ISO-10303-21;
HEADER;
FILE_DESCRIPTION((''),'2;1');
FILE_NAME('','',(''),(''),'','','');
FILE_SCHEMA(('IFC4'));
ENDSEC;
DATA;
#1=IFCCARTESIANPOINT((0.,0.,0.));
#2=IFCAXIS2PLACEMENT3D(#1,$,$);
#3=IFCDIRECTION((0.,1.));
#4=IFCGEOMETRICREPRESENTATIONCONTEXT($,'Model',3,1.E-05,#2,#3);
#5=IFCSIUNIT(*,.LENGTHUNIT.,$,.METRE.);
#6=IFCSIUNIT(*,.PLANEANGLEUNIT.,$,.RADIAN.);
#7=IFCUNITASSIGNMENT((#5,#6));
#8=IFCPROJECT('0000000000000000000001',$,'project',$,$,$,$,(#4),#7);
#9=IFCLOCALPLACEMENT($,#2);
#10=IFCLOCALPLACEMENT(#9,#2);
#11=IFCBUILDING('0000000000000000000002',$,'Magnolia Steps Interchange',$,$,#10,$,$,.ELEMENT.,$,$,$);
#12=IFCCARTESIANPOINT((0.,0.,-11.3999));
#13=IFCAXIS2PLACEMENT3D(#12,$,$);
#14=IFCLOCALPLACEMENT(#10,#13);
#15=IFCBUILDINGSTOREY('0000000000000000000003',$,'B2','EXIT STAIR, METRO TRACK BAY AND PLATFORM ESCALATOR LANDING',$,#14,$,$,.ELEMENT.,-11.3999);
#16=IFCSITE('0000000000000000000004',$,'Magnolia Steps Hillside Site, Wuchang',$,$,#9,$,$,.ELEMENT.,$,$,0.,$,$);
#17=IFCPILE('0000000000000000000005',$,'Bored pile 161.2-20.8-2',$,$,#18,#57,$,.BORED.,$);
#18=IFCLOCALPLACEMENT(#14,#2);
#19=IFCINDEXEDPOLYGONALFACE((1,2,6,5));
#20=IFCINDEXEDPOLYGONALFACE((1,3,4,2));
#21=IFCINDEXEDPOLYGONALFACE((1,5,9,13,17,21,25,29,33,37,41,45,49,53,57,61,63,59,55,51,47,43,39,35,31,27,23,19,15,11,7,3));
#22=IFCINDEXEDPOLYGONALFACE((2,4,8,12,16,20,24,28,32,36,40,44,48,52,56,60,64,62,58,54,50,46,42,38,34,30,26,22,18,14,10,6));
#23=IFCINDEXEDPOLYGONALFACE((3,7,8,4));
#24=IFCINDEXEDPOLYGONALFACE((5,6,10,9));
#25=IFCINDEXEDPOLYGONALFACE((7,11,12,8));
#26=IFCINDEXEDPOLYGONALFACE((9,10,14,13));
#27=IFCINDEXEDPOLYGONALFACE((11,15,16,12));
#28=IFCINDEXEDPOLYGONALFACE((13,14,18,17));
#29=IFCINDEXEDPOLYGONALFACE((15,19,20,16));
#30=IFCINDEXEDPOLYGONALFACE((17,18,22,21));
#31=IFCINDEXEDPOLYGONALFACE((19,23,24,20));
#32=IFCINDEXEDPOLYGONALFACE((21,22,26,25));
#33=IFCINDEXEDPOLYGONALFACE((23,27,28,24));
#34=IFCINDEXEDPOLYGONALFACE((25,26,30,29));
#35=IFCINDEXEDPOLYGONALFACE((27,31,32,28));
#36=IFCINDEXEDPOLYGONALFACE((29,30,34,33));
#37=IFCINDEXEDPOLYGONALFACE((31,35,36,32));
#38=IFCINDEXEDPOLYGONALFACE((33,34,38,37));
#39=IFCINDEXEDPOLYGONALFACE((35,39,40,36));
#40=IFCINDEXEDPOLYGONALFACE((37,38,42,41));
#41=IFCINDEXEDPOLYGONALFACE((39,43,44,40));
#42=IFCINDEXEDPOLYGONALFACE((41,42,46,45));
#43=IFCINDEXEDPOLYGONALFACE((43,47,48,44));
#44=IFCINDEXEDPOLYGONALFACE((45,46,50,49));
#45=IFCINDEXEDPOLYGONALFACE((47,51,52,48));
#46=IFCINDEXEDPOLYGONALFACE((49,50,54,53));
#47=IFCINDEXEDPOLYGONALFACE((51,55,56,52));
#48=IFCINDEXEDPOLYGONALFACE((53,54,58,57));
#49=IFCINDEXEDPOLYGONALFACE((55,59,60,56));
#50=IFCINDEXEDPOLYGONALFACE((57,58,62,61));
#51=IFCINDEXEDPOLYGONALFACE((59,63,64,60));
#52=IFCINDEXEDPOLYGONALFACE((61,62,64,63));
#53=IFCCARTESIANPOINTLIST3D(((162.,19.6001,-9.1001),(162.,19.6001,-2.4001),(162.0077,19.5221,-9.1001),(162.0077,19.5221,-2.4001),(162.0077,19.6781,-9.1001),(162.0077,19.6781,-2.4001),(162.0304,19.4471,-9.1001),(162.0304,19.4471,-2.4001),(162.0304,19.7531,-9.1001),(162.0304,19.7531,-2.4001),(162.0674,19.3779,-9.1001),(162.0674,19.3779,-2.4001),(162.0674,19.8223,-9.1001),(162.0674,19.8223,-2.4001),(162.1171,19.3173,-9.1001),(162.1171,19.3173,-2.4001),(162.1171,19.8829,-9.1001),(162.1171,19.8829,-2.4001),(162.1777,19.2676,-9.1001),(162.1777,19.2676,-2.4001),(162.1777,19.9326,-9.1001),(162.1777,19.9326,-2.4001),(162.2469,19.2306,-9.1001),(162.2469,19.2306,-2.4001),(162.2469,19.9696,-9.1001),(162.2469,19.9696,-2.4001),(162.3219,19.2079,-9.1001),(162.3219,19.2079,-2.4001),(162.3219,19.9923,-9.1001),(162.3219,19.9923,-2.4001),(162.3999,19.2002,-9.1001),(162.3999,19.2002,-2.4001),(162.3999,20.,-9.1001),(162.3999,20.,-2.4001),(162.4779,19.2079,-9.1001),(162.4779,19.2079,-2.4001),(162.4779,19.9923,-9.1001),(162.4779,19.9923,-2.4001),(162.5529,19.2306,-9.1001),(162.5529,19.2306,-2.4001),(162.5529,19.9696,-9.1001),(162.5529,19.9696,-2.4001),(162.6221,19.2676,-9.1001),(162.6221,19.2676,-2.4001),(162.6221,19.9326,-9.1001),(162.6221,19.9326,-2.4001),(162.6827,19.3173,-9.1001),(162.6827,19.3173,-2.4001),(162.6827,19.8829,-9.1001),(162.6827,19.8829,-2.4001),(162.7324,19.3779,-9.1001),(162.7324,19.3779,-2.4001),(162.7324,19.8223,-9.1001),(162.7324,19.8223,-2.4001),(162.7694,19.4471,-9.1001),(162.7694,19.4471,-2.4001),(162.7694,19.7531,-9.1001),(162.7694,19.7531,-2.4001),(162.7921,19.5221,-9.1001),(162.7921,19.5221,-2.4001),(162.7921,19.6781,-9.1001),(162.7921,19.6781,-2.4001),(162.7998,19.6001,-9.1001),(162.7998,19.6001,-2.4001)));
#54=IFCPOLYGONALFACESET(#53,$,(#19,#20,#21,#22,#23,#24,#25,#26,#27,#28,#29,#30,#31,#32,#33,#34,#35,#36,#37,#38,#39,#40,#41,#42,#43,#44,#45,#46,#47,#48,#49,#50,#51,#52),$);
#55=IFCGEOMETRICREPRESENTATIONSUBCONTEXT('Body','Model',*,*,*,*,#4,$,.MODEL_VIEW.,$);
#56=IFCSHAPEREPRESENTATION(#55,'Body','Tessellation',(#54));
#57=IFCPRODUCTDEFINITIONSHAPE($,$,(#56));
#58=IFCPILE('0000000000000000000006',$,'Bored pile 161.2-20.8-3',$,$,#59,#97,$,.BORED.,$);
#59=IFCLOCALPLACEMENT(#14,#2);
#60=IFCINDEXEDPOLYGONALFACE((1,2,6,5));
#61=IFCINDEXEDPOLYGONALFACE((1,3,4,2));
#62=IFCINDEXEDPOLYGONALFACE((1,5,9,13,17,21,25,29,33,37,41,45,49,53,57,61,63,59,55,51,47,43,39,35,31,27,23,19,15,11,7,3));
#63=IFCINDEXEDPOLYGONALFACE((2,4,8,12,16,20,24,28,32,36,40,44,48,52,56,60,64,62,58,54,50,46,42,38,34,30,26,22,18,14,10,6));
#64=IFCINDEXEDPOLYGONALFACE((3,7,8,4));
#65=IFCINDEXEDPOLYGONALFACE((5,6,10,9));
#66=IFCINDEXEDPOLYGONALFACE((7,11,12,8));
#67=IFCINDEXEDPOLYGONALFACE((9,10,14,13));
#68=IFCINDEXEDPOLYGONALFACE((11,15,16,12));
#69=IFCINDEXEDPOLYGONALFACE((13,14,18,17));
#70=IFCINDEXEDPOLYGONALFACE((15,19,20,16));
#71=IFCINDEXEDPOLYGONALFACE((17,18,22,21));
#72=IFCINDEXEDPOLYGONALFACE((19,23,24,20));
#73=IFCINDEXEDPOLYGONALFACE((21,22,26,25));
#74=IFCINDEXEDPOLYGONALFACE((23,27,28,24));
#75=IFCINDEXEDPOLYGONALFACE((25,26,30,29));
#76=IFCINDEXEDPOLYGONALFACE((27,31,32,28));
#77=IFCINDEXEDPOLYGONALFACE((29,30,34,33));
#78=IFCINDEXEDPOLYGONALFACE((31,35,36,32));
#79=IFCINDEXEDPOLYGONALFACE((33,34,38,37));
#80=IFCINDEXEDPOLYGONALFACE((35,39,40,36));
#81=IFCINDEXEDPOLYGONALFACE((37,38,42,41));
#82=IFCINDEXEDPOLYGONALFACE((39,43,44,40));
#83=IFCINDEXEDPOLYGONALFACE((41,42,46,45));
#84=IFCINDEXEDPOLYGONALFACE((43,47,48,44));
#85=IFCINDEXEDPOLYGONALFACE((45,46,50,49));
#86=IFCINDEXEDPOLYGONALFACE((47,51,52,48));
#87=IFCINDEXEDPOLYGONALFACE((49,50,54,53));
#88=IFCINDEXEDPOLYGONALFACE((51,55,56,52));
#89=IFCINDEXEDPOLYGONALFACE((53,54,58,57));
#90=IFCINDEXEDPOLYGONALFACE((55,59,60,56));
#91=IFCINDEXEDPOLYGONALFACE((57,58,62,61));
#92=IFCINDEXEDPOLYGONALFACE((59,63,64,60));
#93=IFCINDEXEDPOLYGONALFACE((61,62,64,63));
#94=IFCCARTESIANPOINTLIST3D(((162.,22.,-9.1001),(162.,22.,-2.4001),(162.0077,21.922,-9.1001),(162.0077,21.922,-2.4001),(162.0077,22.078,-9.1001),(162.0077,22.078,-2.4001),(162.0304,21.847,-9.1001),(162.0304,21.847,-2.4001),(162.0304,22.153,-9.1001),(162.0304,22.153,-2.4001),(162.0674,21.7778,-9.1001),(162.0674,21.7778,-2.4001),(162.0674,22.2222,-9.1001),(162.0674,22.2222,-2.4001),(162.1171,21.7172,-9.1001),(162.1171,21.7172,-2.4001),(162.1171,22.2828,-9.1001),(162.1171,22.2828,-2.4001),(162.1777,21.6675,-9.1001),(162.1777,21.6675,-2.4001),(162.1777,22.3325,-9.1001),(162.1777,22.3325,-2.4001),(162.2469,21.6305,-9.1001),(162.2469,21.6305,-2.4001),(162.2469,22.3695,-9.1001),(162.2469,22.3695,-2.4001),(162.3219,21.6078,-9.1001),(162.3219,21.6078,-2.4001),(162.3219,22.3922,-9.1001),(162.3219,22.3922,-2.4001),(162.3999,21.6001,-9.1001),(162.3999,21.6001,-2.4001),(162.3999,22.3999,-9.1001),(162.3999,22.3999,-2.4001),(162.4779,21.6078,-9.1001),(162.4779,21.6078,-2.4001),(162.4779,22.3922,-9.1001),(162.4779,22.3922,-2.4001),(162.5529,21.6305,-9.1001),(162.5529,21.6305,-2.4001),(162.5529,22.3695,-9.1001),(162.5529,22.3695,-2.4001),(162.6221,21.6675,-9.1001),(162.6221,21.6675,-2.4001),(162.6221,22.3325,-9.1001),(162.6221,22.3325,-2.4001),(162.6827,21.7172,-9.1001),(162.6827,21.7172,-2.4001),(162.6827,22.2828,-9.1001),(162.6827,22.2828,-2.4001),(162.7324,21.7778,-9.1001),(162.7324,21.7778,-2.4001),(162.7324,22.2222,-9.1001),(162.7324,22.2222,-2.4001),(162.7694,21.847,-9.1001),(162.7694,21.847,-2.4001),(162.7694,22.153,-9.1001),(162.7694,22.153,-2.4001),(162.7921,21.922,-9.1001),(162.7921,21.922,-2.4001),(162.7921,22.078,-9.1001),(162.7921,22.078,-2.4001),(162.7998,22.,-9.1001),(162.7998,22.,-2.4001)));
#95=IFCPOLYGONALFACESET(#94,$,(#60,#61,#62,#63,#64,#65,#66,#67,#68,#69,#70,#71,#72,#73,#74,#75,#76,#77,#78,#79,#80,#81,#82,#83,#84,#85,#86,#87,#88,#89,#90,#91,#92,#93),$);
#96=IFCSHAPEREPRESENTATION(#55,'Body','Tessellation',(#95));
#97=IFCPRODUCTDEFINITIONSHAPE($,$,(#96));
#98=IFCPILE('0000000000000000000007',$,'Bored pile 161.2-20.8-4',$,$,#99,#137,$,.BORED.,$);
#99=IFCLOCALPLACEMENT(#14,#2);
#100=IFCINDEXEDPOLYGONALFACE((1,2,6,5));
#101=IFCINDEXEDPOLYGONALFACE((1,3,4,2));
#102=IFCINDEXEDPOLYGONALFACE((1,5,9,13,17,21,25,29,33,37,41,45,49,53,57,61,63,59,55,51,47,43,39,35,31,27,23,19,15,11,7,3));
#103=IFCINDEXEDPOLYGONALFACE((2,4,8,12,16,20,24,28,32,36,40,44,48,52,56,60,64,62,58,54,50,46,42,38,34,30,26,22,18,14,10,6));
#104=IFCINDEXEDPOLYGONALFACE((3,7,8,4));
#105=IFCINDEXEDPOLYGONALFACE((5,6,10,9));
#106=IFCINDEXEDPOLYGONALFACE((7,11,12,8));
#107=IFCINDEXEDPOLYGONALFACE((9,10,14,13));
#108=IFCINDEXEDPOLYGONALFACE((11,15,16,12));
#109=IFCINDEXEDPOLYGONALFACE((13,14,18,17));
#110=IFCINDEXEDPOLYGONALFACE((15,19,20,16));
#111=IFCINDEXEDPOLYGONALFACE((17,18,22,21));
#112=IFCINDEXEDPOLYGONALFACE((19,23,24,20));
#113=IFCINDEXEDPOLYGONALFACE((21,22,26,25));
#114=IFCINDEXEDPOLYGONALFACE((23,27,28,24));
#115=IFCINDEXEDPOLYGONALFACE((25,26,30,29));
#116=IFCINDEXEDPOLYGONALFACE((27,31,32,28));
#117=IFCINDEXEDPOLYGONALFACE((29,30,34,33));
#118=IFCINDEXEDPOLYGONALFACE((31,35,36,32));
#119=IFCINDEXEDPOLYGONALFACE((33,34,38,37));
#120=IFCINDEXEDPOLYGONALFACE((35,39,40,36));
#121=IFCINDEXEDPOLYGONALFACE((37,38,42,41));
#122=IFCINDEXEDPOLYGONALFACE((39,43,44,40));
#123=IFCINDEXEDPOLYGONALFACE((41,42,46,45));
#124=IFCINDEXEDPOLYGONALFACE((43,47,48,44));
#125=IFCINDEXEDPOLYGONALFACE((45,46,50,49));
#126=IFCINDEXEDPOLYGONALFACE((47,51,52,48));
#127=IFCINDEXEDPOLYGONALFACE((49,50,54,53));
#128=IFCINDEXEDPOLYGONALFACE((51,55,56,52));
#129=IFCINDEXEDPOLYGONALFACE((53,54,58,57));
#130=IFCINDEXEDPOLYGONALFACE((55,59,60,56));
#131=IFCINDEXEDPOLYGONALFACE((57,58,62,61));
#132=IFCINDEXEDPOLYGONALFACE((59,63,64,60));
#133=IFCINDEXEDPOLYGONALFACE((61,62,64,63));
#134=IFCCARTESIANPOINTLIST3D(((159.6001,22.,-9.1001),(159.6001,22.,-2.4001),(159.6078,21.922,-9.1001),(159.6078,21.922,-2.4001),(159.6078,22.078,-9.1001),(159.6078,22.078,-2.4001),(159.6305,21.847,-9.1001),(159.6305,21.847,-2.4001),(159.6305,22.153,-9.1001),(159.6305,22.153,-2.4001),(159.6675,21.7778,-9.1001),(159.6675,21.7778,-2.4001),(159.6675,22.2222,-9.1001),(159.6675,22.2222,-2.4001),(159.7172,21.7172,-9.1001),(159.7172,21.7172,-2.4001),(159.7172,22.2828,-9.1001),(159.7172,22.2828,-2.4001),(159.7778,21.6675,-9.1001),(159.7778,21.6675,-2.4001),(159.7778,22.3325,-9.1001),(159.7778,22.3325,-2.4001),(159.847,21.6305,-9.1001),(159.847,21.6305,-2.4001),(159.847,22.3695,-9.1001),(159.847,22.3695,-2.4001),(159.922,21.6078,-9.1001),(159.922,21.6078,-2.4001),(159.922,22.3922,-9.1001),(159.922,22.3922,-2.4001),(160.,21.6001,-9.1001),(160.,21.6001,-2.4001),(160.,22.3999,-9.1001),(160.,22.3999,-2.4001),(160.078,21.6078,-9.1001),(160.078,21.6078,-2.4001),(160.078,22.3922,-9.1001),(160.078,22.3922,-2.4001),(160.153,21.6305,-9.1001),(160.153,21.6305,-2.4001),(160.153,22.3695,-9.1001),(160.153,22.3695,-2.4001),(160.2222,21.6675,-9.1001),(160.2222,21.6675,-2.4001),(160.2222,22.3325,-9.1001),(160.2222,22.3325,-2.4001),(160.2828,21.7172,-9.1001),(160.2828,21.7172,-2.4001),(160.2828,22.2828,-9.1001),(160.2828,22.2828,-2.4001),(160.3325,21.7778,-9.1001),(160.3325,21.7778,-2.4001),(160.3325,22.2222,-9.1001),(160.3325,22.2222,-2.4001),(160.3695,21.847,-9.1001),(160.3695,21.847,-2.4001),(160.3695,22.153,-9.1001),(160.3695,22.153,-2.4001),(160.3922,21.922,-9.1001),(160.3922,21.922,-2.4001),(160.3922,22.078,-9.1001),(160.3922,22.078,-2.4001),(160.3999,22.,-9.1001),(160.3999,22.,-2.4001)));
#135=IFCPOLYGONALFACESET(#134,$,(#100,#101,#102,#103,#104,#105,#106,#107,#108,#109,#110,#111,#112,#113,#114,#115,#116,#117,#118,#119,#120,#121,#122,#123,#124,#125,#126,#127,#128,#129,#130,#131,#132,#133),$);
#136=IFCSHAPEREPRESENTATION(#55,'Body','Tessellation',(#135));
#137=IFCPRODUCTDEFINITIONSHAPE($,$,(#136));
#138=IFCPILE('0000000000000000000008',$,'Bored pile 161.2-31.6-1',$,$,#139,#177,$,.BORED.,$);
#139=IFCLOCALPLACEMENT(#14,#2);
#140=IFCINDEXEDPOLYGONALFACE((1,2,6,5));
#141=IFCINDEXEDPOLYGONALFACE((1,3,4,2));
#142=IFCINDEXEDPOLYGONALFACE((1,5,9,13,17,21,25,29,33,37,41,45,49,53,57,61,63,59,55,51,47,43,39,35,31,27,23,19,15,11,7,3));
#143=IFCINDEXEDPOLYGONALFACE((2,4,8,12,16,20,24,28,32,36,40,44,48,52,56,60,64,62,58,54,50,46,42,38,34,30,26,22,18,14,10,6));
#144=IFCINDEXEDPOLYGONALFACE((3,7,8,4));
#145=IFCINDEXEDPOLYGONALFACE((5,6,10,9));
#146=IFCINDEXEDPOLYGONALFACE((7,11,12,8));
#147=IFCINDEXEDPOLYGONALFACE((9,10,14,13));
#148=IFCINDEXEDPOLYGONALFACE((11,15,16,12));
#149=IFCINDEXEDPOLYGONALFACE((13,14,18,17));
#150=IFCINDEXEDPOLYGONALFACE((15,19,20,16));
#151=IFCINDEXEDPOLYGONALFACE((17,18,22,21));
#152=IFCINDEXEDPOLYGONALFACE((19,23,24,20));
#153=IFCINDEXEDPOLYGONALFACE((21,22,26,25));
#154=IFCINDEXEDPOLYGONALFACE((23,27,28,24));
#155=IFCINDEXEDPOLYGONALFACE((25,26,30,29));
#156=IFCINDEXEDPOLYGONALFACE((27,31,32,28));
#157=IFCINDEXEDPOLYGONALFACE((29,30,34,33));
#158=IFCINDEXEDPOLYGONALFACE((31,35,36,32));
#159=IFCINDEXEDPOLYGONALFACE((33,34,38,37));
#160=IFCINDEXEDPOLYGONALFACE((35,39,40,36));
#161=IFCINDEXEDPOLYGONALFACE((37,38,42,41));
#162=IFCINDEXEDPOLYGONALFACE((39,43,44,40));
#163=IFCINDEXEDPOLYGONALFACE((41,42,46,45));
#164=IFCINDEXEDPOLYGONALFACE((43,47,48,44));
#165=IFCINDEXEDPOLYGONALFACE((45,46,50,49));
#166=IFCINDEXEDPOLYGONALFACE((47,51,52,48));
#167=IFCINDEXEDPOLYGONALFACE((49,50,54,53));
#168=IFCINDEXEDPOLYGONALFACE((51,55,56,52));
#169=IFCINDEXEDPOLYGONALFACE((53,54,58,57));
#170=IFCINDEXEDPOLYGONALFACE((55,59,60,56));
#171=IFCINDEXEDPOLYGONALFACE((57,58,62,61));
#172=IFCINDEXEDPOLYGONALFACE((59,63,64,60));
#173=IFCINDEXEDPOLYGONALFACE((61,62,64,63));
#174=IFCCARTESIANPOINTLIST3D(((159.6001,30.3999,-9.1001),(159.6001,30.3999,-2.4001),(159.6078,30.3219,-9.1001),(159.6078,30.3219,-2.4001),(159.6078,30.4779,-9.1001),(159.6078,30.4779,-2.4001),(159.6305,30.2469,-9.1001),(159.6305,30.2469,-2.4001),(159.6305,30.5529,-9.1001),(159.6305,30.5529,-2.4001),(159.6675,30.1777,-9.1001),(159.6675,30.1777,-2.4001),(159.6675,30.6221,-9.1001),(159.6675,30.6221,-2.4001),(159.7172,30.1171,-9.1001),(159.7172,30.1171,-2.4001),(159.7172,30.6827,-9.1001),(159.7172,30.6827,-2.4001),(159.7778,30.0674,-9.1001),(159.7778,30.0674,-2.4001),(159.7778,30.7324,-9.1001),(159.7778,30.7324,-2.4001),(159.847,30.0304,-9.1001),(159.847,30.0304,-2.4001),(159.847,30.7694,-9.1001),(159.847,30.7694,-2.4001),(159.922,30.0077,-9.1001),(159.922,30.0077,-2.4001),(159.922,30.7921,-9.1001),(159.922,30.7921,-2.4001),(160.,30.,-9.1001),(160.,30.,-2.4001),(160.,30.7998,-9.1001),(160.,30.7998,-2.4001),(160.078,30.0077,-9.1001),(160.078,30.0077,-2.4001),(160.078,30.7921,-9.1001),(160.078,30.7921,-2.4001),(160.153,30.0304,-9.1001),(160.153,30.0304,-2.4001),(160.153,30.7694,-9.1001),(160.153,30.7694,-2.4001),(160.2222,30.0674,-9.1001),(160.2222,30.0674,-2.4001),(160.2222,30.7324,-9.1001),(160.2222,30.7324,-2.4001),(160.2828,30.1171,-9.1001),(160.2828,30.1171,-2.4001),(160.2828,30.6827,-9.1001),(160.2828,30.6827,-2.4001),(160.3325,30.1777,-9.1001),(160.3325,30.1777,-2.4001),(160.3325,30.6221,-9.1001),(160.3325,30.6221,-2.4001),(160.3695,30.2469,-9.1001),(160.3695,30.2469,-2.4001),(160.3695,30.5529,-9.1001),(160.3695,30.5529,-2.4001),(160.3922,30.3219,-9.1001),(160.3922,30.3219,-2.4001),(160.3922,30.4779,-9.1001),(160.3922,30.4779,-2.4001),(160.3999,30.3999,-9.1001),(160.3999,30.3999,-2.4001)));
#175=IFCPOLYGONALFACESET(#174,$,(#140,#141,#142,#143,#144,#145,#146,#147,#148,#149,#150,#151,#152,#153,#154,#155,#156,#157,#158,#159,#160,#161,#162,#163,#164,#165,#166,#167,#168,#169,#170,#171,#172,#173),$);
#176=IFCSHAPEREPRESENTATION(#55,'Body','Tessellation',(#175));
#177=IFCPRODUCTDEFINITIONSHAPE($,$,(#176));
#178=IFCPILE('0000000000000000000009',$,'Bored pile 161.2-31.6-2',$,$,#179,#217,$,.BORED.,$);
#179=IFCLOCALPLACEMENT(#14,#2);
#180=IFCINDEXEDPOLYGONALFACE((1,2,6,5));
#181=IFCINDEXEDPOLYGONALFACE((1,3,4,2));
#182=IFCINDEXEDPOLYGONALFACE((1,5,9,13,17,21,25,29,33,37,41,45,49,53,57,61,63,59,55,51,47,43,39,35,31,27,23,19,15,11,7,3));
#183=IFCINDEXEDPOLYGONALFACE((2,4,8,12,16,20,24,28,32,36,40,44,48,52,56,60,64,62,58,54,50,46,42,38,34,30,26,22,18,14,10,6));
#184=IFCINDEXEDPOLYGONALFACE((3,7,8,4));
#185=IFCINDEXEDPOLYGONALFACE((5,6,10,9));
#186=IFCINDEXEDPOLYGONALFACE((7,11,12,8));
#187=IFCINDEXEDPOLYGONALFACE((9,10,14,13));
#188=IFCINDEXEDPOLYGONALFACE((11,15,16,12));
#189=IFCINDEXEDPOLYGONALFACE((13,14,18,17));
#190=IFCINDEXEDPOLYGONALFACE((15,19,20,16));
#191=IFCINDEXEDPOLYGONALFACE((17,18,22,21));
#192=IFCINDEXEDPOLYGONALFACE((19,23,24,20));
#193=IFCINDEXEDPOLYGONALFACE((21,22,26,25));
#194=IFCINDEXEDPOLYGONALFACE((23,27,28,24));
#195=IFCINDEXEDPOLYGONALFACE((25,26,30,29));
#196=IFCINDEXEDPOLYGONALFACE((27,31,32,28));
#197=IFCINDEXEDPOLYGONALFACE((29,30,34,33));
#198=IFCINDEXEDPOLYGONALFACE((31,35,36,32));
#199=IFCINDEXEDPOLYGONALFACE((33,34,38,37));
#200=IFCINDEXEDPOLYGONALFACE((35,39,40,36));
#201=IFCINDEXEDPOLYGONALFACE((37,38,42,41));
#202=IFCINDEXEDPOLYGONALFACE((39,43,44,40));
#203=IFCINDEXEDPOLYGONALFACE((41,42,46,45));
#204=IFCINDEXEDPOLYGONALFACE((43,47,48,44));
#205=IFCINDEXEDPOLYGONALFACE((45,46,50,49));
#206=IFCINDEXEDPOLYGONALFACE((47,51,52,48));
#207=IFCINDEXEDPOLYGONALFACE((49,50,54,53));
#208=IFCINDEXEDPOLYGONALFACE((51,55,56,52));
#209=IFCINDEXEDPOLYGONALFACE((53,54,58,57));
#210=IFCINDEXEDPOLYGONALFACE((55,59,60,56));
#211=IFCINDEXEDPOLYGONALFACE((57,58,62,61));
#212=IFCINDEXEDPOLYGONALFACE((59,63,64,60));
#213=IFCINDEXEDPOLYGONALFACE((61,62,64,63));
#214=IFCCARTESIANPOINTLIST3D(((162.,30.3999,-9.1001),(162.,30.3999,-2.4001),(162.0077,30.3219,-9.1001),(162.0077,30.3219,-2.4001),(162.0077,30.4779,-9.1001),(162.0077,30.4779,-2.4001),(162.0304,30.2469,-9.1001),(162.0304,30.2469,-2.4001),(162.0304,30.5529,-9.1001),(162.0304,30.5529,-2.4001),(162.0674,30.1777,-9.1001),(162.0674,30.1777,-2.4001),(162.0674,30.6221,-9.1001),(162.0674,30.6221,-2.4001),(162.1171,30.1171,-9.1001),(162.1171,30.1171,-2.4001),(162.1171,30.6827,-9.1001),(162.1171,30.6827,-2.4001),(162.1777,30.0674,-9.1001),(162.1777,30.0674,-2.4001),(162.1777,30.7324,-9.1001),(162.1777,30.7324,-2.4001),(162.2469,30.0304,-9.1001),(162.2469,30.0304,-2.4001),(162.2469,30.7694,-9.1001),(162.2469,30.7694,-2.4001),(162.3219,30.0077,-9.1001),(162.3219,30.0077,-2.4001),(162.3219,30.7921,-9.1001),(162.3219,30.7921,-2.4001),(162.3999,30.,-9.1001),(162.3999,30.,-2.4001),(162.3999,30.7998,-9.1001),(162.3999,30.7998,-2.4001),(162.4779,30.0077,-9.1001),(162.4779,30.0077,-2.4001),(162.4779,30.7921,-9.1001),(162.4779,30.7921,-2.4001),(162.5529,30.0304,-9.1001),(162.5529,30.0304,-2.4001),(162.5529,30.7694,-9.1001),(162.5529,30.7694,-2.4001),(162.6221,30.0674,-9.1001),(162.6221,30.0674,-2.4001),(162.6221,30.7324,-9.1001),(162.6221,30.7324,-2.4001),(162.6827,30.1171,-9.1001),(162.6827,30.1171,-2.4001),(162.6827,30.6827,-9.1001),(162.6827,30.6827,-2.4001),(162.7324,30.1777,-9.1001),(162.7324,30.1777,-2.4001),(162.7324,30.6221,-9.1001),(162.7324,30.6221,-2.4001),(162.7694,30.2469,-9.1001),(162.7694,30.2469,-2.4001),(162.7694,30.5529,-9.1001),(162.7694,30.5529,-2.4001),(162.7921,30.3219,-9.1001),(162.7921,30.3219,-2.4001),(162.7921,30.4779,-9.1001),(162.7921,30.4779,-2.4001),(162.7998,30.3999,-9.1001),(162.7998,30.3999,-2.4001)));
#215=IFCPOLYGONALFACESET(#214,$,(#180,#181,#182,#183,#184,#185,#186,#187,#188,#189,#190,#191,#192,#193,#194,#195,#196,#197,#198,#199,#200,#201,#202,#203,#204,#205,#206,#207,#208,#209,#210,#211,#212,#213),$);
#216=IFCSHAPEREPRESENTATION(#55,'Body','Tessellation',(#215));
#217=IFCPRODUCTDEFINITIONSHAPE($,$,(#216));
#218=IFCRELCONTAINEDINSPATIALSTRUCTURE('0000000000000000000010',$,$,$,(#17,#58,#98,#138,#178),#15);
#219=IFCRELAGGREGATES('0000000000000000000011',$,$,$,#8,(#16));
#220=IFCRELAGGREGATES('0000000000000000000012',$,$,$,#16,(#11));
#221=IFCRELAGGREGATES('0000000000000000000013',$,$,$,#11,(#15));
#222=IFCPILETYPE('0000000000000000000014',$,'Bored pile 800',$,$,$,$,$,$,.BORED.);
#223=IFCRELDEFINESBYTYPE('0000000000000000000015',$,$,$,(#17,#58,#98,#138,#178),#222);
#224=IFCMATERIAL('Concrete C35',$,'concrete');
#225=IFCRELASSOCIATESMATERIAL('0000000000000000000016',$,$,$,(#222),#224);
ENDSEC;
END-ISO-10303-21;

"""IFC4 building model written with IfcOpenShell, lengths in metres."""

from ifc_helpers import new_model, si_unit, direction, frame, origin, origin_2d, place, context, subcontext, project, spatial, circle, extrude, material, material_profile, profile_set, type_object, element, save


model = new_model("IFC4")

# Units and contexts
model_context = context("Model", 3, precision=1e-05, world=origin(), true_north=direction((0.0, 1.0)))
body_context = subcontext(model_context, "Body", "Model", "MODEL_VIEW")
ifc_project = project(units=[si_unit("LENGTHUNIT", "METRE"), si_unit("PLANEANGLEUNIT", "RADIAN")], contexts=[model_context])

# Site, building, storey
site_placement = place(None, origin())
site = spatial("IfcSite", under=ifc_project, at=site_placement, Name="Magnolia Steps Hillside Site, Wuchang", CompositionType="ELEMENT", RefElevation=0.0)
building_placement = place(site_placement, origin())
building = spatial("IfcBuilding", under=site, at=building_placement, Name="Magnolia Steps Interchange", CompositionType="ELEMENT")
storey_placement = place(building_placement, frame((0.0, 0.0, -11.3999)))
storey = spatial("IfcBuildingStorey", under=building, at=storey_placement, Name="B2", Description="EXIT STAIR, METRO TRACK BAY AND PLATFORM ESCALATOR LANDING", CompositionType="ELEMENT", Elevation=-11.3999)

# Piles
ifc_material_1 = material(Name="Concrete C35", Category="concrete")
ifc_material_profile_1 = material_profile(ifc_material_1, circle(Radius=0.3999, at=origin_2d()), Name="Bored pile 800")
ifc_profile_set_1 = profile_set([ifc_material_profile_1], Name="Concrete C35")
pile_type = type_object("IfcPileType", Name="Bored pile 800", PredefinedType="BORED", material=ifc_profile_set_1)
for number, where, z_axis, x_axis, name in (
    (1, (162.3999, 19.6001, -2.4001), (0.0, 0.0, -1.0), (1.0, 0.0, 0.0), "Bored pile 161.2-20.8-2"),
    (2, (162.3999, 22.0, -2.4001), (0.0, 0.0, -1.0), (1.0, 0.0, 0.0), "Bored pile 161.2-20.8-3"),
    (3, (160.0, 22.0, -2.4001), (0.0, 0.0, -1.0), (1.0, 0.0, 0.0), "Bored pile 161.2-20.8-4"),
    (4, (160.0, 30.3999, -2.4001), (0.0, 0.0, -1.0), (1.0, 0.0, 0.0), "Bored pile 161.2-31.6-1"),
    (5, (162.3999, 30.3999, -2.4001), (0.0, 0.0, -1.0), (1.0, 0.0, 0.0), "Bored pile 161.2-31.6-2"),
):
    element("IfcPile", number, at=place(storey_placement, frame(where, z_axis=z_axis, x_axis=x_axis)), inside=storey, type_object=pile_type, Name=name, PredefinedType="BORED", context=body_context, shape_type="SweptSolid", body=[
        extrude(circle(Radius=0.3999, at=origin_2d()), origin(), (0.0, 0.0, 1.0), 6.7),
    ])

save(model, "model.ifc")
